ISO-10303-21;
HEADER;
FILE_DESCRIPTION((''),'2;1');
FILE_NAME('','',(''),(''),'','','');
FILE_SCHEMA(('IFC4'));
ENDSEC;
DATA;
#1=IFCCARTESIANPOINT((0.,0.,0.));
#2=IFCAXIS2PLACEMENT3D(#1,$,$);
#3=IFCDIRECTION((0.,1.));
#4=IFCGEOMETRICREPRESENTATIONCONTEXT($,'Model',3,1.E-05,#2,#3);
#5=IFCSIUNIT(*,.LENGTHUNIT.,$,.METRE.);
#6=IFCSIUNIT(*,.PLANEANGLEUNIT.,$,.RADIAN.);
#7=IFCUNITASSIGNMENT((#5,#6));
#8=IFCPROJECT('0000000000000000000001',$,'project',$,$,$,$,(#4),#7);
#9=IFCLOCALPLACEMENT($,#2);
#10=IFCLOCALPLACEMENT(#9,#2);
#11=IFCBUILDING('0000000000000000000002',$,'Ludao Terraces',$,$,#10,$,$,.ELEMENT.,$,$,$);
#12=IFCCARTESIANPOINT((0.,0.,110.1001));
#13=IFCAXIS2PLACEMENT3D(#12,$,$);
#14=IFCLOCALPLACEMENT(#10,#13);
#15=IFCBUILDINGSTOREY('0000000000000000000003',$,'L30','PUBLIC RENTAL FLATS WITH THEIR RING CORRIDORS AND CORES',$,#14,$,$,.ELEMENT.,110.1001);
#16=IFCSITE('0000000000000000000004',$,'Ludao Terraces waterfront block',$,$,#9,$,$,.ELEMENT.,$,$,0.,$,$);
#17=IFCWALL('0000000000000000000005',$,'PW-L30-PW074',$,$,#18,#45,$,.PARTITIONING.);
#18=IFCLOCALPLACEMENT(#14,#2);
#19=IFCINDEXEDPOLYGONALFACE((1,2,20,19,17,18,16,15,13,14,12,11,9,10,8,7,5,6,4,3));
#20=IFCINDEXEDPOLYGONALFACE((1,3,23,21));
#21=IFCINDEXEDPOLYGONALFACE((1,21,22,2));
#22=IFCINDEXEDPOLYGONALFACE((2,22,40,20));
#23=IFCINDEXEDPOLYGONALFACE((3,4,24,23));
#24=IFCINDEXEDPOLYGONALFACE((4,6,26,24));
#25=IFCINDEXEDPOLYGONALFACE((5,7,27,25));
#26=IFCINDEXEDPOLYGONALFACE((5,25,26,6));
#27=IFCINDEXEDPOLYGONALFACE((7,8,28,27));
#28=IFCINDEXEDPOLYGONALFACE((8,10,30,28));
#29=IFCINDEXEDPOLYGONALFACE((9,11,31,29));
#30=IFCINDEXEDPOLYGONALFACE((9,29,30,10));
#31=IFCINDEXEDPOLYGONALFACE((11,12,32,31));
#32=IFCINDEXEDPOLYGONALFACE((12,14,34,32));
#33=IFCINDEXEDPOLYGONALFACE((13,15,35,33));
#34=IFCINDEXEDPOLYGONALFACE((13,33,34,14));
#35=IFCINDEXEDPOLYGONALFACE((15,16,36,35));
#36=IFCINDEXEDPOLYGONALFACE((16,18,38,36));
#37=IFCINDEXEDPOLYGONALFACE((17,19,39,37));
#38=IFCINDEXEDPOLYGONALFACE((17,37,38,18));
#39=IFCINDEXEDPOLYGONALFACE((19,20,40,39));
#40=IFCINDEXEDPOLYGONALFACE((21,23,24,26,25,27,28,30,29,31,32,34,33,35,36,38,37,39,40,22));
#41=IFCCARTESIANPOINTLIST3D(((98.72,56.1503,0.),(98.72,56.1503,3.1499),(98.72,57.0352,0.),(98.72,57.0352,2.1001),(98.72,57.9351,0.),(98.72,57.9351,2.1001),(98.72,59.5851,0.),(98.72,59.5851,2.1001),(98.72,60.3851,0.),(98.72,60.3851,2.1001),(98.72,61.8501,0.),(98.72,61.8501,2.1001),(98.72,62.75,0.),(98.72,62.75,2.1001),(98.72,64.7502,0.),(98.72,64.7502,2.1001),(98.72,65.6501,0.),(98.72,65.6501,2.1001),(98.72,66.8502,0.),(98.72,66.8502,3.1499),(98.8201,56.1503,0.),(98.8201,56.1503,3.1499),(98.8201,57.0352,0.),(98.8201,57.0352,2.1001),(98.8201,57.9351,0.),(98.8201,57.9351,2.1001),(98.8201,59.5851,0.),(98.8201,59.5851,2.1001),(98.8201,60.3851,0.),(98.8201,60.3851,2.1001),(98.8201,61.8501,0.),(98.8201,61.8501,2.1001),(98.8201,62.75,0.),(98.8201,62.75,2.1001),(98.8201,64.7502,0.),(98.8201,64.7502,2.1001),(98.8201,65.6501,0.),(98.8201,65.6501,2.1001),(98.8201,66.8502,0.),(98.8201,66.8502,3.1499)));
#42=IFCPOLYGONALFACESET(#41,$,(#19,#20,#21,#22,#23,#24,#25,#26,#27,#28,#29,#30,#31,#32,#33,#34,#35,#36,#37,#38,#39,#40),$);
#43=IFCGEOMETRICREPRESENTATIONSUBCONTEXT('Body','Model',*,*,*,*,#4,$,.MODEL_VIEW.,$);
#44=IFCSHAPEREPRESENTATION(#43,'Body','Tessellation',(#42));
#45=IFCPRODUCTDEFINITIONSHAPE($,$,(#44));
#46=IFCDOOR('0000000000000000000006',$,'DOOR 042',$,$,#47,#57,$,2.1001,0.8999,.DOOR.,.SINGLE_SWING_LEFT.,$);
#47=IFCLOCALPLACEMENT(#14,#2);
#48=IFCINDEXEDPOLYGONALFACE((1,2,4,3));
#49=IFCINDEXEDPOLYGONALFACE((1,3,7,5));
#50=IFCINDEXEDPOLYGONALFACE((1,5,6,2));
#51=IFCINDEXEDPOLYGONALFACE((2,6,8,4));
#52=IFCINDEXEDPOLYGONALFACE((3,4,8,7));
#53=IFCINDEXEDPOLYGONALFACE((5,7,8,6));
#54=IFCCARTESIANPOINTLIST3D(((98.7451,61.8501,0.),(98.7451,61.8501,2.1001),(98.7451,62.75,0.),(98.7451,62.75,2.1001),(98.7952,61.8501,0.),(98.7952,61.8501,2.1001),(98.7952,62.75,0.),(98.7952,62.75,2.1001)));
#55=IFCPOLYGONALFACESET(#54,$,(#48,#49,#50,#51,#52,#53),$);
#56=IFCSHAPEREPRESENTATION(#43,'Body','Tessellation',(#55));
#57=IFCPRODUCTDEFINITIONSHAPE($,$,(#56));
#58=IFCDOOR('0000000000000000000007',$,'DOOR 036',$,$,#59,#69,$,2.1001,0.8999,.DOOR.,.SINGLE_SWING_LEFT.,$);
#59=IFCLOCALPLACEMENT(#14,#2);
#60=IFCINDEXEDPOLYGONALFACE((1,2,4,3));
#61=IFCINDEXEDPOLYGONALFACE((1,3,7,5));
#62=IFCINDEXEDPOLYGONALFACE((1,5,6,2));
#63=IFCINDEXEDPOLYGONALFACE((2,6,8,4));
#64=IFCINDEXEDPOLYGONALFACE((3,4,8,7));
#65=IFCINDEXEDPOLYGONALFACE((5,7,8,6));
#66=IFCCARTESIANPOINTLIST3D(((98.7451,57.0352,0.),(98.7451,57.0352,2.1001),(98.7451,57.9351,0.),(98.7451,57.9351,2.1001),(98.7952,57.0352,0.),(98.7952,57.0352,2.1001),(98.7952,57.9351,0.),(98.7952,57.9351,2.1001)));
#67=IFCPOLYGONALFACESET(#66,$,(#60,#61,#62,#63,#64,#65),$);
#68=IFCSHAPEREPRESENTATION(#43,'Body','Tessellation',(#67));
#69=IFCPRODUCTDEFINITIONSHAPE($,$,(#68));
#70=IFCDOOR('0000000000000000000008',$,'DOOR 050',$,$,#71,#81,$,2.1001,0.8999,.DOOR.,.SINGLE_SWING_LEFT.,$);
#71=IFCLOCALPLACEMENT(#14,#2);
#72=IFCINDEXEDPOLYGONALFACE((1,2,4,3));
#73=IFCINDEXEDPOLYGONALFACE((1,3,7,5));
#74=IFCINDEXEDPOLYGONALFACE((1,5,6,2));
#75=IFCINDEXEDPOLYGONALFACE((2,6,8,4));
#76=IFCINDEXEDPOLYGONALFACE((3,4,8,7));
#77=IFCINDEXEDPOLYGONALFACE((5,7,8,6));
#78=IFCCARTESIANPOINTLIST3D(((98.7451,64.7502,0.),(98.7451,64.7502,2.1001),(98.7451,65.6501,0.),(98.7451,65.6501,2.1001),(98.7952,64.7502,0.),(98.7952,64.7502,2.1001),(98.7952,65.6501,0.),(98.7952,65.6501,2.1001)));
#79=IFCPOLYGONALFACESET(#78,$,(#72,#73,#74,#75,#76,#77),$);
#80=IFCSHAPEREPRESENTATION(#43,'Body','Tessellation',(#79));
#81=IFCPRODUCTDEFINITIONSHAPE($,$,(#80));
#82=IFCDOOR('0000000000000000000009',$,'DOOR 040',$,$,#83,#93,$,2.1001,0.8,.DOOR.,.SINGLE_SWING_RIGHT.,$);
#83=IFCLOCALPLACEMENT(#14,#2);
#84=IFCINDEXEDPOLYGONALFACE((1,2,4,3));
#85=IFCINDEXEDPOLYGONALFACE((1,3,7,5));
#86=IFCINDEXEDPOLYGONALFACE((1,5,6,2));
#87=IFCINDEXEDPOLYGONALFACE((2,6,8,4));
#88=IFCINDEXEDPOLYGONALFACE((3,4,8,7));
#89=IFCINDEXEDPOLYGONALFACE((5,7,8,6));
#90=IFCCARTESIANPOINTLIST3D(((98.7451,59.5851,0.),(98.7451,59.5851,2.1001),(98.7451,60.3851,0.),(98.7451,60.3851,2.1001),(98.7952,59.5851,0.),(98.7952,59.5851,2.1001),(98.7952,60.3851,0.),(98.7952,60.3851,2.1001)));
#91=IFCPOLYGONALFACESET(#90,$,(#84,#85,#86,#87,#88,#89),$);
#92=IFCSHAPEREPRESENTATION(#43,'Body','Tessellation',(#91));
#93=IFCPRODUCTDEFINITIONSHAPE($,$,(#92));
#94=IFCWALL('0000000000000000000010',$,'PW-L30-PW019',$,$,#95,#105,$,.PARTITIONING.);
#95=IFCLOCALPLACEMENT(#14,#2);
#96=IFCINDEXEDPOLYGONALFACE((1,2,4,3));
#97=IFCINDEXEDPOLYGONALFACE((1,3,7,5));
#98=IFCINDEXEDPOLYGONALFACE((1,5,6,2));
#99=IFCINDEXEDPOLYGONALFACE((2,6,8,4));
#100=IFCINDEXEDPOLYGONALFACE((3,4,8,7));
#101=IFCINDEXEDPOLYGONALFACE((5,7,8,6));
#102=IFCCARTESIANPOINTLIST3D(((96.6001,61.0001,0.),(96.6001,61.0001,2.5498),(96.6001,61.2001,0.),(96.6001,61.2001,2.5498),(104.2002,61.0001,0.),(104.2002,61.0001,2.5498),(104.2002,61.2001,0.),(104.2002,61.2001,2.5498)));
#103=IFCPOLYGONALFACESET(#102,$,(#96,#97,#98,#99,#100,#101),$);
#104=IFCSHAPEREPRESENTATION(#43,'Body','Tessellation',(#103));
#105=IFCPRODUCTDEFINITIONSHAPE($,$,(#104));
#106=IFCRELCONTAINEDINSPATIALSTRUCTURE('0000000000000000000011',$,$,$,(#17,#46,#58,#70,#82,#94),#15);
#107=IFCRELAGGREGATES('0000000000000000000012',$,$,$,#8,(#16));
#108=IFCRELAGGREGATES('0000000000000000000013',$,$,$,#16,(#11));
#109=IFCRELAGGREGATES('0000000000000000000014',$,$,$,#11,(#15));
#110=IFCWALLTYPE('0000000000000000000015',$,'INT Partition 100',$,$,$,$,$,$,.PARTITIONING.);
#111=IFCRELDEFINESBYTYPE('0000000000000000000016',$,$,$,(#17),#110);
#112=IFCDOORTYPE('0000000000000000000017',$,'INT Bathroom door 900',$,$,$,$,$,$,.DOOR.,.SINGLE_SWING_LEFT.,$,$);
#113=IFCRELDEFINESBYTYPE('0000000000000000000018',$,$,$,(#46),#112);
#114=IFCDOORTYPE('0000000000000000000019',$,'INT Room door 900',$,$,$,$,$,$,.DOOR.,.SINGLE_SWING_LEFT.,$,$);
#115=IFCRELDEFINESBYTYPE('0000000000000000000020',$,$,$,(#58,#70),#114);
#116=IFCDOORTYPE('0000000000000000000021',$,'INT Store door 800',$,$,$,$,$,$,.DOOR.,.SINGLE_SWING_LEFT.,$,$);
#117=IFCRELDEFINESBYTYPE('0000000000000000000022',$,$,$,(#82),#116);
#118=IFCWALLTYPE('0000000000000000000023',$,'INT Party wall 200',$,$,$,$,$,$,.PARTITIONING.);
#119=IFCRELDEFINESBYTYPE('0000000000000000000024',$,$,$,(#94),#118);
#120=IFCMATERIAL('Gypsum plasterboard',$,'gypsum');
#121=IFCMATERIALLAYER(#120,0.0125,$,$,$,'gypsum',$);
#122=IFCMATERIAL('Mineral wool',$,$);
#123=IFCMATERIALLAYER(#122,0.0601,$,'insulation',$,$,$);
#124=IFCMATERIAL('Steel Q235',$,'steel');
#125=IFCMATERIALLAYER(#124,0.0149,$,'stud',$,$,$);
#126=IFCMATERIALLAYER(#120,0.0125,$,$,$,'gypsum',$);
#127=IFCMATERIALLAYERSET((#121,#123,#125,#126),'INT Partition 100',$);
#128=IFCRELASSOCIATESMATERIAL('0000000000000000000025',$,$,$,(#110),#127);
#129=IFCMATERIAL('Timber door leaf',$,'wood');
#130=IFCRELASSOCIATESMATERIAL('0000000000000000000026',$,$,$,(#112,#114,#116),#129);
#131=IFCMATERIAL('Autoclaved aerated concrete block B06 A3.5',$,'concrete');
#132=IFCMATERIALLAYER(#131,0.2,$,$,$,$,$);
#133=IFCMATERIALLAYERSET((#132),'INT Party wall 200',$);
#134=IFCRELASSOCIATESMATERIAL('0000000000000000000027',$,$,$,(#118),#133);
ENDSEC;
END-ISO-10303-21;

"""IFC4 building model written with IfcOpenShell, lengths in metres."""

from ifc_helpers import new_model, si_unit, direction, frame, frame_2d, origin, place, context, subcontext, project, spatial, rectangle, extrude, material, layer, layer_set, type_object, element, fill, save


model = new_model("IFC4")

# Units and contexts
model_context = context("Model", 3, precision=1e-05, world=origin(), true_north=direction((0.0, 1.0)))
body_context = subcontext(model_context, "Body", "Model", "MODEL_VIEW")
ifc_project = project(units=[si_unit("LENGTHUNIT", "METRE"), si_unit("PLANEANGLEUNIT", "RADIAN")], contexts=[model_context])

# Site, building, storey
site_placement = place(None, origin())
site = spatial("IfcSite", under=ifc_project, at=site_placement, Name="Ludao Terraces waterfront block", CompositionType="ELEMENT", RefElevation=0.0)
building_placement = place(site_placement, origin())
building = spatial("IfcBuilding", under=site, at=building_placement, Name="Ludao Terraces", CompositionType="ELEMENT")
storey_placement = place(building_placement, frame((0.0, 0.0, 110.1001)))
storey = spatial("IfcBuildingStorey", under=building, at=storey_placement, Name="L30", Description="PUBLIC RENTAL FLATS WITH THEIR RING CORRIDORS AND CORES", CompositionType="ELEMENT", Elevation=110.1001)

# Shared definitions
ifc_material_1 = material(Name="Mineral wool")

# Shared definitions
ifc_material_2 = material(Name="Autoclaved aerated concrete block B06 A3.5", Category="concrete")
ifc_material_3 = material(Name="Steel Q235", Category="steel")

# Shared definitions
ifc_material_4 = material(Name="Gypsum plasterboard", Category="gypsum")
ifc_layer_1 = layer(ifc_material_4, 0.0125, Category="gypsum")
ifc_layer_2 = layer(ifc_material_1, 0.0601, Name="insulation")
ifc_layer_3 = layer(ifc_material_3, 0.0149, Name="stud")
ifc_layer_4 = layer(ifc_material_4, 0.0125, Category="gypsum")
ifc_layer_set_1 = layer_set([ifc_layer_1, ifc_layer_2, ifc_layer_3, ifc_layer_4], Name="INT Partition 100")
wall_type_1 = type_object("IfcWallType", Name="INT Partition 100", PredefinedType="PARTITIONING", material=ifc_layer_set_1)

# Wall, openings, doors
wall_1_placement = place(storey_placement, frame((98.77, 56.1501, 0.0), z_axis=(0.0, 0.0, 1.0), x_axis=(0.0, 1.0, 0.0)))
wall_1 = element("IfcWall", 1, at=wall_1_placement, inside=storey, type_object=wall_type_1, Name="PW-L30-PW074", PredefinedType="PARTITIONING", context=body_context, shape_type="SweptSolid", body=[
    extrude(rectangle(XDim=10.7, YDim=0.1001, at=frame_2d((5.3501, 0.0))), origin(), (0.0, 0.0, 1.0), 3.1499),
])
opening_1_placement = place(wall_1_placement, frame((0.885, 0.0, 0.0)))
opening_1 = element("IfcOpeningElement", 2, at=opening_1_placement, cuts=wall_1, PredefinedType="OPENING", context=body_context, shape_type="SweptSolid", body=[
    extrude(rectangle(XDim=0.8999, YDim=2.1001, at=frame_2d((0.45, 1.05))), frame((0.0, 0.0601, 0.0), z_axis=(0.0, -1.0, 0.0), x_axis=(1.0, 0.0, 0.0)), (0.0, 0.0, 1.0), 0.1201),
])
opening_2_placement = place(wall_1_placement, frame((3.4351, 0.0, 0.0)))
opening_2 = element("IfcOpeningElement", 3, at=opening_2_placement, cuts=wall_1, PredefinedType="OPENING", context=body_context, shape_type="SweptSolid", body=[
    extrude(rectangle(XDim=0.8, YDim=2.1001, at=frame_2d((0.3999, 1.05))), frame((0.0, 0.0601, 0.0), z_axis=(0.0, -1.0, 0.0), x_axis=(1.0, 0.0, 0.0)), (0.0, 0.0, 1.0), 0.1201),
])
opening_3_placement = place(wall_1_placement, frame((5.7, 0.0, 0.0)))
opening_3 = element("IfcOpeningElement", 4, at=opening_3_placement, cuts=wall_1, PredefinedType="OPENING", context=body_context, shape_type="SweptSolid", body=[
    extrude(rectangle(XDim=0.8999, YDim=2.1001, at=frame_2d((0.45, 1.05))), frame((0.0, 0.0601, 0.0), z_axis=(0.0, -1.0, 0.0), x_axis=(1.0, 0.0, 0.0)), (0.0, 0.0, 1.0), 0.1201),
])
opening_4_placement = place(wall_1_placement, frame((8.6001, 0.0, 0.0)))
opening_4 = element("IfcOpeningElement", 5, at=opening_4_placement, cuts=wall_1, PredefinedType="OPENING", context=body_context, shape_type="SweptSolid", body=[
    extrude(rectangle(XDim=0.8999, YDim=2.1001, at=frame_2d((0.45, 1.05))), frame((0.0, 0.0601, 0.0), z_axis=(0.0, -1.0, 0.0), x_axis=(1.0, 0.0, 0.0)), (0.0, 0.0, 1.0), 0.1201),
])
ifc_material_5 = material(Name="Timber door leaf", Category="wood")
door_type_1 = type_object("IfcDoorType", Name="INT Bathroom door 900", OperationType="SINGLE_SWING_LEFT", PredefinedType="DOOR", material=ifc_material_5)
door_1_placement = place(opening_3_placement, origin())
door_1 = element("IfcDoor", 6, at=door_1_placement, inside=storey, type_object=door_type_1, Name="DOOR 042", OperationType="SINGLE_SWING_LEFT", OverallHeight=2.1001, OverallWidth=0.8999, PredefinedType="DOOR", context=body_context, shape_type="SweptSolid", body=[
    extrude(rectangle(XDim=0.8999, YDim=2.1001, at=frame_2d((0.45, 1.05))), frame((0.0, 0.0249, 0.0), z_axis=(0.0, -1.0, 0.0), x_axis=(1.0, 0.0, 0.0)), (0.0, 0.0, 1.0), 0.05),
])
fill(opening_3, door_1)
door_type_2 = type_object("IfcDoorType", Name="INT Room door 900", OperationType="SINGLE_SWING_LEFT", PredefinedType="DOOR", material=ifc_material_5)
door_2_placement = place(opening_1_placement, origin())
door_2 = element("IfcDoor", 7, at=door_2_placement, inside=storey, type_object=door_type_2, Name="DOOR 036", OperationType="SINGLE_SWING_LEFT", OverallHeight=2.1001, OverallWidth=0.8999, PredefinedType="DOOR", context=body_context, shape_type="SweptSolid", body=[
    extrude(rectangle(XDim=0.8999, YDim=2.1001, at=frame_2d((0.45, 1.05))), frame((0.0, 0.0249, 0.0), z_axis=(0.0, -1.0, 0.0), x_axis=(1.0, 0.0, 0.0)), (0.0, 0.0, 1.0), 0.05),
])
fill(opening_1, door_2)
door_3_placement = place(opening_4_placement, origin())
door_3 = element("IfcDoor", 8, at=door_3_placement, inside=storey, type_object=door_type_2, Name="DOOR 050", OperationType="SINGLE_SWING_LEFT", OverallHeight=2.1001, OverallWidth=0.8999, PredefinedType="DOOR", context=body_context, shape_type="SweptSolid", body=[
    extrude(rectangle(XDim=0.8999, YDim=2.1001, at=frame_2d((0.45, 1.05))), frame((0.0, 0.0249, 0.0), z_axis=(0.0, -1.0, 0.0), x_axis=(1.0, 0.0, 0.0)), (0.0, 0.0, 1.0), 0.05),
])
fill(opening_4, door_3)
door_type_3 = type_object("IfcDoorType", Name="INT Store door 800", OperationType="SINGLE_SWING_LEFT", PredefinedType="DOOR", material=ifc_material_5)
door_4_placement = place(opening_2_placement, origin())
door_4 = element("IfcDoor", 9, at=door_4_placement, inside=storey, type_object=door_type_3, Name="DOOR 040", OperationType="SINGLE_SWING_RIGHT", OverallHeight=2.1001, OverallWidth=0.8, PredefinedType="DOOR", context=body_context, shape_type="SweptSolid", body=[
    extrude(rectangle(XDim=0.8, YDim=2.1001, at=frame_2d((0.3999, 1.05))), frame((0.0, 0.0249, 0.0), z_axis=(0.0, -1.0, 0.0), x_axis=(1.0, 0.0, 0.0)), (0.0, 0.0, 1.0), 0.05),
])
fill(opening_2, door_4)

# Wall
ifc_layer_5 = layer(ifc_material_2, 0.2)
ifc_layer_set_2 = layer_set([ifc_layer_5], Name="INT Party wall 200")
wall_type_2 = type_object("IfcWallType", Name="INT Party wall 200", PredefinedType="PARTITIONING", material=ifc_layer_set_2)
wall_2_placement = place(storey_placement, frame((96.6001, 61.1001, 0.0), z_axis=(0.0, 0.0, 1.0), x_axis=(1.0, 0.0, 0.0)))
element("IfcWall", 10, at=wall_2_placement, inside=storey, type_object=wall_type_2, Name="PW-L30-PW019", PredefinedType="PARTITIONING", context=body_context, shape_type="SweptSolid", body=[
    extrude(rectangle(XDim=7.6001, YDim=0.2, at=frame_2d((3.8, 0.0))), origin(), (0.0, 0.0, 1.0), 2.5498),
])

save(model, "model.ifc")
